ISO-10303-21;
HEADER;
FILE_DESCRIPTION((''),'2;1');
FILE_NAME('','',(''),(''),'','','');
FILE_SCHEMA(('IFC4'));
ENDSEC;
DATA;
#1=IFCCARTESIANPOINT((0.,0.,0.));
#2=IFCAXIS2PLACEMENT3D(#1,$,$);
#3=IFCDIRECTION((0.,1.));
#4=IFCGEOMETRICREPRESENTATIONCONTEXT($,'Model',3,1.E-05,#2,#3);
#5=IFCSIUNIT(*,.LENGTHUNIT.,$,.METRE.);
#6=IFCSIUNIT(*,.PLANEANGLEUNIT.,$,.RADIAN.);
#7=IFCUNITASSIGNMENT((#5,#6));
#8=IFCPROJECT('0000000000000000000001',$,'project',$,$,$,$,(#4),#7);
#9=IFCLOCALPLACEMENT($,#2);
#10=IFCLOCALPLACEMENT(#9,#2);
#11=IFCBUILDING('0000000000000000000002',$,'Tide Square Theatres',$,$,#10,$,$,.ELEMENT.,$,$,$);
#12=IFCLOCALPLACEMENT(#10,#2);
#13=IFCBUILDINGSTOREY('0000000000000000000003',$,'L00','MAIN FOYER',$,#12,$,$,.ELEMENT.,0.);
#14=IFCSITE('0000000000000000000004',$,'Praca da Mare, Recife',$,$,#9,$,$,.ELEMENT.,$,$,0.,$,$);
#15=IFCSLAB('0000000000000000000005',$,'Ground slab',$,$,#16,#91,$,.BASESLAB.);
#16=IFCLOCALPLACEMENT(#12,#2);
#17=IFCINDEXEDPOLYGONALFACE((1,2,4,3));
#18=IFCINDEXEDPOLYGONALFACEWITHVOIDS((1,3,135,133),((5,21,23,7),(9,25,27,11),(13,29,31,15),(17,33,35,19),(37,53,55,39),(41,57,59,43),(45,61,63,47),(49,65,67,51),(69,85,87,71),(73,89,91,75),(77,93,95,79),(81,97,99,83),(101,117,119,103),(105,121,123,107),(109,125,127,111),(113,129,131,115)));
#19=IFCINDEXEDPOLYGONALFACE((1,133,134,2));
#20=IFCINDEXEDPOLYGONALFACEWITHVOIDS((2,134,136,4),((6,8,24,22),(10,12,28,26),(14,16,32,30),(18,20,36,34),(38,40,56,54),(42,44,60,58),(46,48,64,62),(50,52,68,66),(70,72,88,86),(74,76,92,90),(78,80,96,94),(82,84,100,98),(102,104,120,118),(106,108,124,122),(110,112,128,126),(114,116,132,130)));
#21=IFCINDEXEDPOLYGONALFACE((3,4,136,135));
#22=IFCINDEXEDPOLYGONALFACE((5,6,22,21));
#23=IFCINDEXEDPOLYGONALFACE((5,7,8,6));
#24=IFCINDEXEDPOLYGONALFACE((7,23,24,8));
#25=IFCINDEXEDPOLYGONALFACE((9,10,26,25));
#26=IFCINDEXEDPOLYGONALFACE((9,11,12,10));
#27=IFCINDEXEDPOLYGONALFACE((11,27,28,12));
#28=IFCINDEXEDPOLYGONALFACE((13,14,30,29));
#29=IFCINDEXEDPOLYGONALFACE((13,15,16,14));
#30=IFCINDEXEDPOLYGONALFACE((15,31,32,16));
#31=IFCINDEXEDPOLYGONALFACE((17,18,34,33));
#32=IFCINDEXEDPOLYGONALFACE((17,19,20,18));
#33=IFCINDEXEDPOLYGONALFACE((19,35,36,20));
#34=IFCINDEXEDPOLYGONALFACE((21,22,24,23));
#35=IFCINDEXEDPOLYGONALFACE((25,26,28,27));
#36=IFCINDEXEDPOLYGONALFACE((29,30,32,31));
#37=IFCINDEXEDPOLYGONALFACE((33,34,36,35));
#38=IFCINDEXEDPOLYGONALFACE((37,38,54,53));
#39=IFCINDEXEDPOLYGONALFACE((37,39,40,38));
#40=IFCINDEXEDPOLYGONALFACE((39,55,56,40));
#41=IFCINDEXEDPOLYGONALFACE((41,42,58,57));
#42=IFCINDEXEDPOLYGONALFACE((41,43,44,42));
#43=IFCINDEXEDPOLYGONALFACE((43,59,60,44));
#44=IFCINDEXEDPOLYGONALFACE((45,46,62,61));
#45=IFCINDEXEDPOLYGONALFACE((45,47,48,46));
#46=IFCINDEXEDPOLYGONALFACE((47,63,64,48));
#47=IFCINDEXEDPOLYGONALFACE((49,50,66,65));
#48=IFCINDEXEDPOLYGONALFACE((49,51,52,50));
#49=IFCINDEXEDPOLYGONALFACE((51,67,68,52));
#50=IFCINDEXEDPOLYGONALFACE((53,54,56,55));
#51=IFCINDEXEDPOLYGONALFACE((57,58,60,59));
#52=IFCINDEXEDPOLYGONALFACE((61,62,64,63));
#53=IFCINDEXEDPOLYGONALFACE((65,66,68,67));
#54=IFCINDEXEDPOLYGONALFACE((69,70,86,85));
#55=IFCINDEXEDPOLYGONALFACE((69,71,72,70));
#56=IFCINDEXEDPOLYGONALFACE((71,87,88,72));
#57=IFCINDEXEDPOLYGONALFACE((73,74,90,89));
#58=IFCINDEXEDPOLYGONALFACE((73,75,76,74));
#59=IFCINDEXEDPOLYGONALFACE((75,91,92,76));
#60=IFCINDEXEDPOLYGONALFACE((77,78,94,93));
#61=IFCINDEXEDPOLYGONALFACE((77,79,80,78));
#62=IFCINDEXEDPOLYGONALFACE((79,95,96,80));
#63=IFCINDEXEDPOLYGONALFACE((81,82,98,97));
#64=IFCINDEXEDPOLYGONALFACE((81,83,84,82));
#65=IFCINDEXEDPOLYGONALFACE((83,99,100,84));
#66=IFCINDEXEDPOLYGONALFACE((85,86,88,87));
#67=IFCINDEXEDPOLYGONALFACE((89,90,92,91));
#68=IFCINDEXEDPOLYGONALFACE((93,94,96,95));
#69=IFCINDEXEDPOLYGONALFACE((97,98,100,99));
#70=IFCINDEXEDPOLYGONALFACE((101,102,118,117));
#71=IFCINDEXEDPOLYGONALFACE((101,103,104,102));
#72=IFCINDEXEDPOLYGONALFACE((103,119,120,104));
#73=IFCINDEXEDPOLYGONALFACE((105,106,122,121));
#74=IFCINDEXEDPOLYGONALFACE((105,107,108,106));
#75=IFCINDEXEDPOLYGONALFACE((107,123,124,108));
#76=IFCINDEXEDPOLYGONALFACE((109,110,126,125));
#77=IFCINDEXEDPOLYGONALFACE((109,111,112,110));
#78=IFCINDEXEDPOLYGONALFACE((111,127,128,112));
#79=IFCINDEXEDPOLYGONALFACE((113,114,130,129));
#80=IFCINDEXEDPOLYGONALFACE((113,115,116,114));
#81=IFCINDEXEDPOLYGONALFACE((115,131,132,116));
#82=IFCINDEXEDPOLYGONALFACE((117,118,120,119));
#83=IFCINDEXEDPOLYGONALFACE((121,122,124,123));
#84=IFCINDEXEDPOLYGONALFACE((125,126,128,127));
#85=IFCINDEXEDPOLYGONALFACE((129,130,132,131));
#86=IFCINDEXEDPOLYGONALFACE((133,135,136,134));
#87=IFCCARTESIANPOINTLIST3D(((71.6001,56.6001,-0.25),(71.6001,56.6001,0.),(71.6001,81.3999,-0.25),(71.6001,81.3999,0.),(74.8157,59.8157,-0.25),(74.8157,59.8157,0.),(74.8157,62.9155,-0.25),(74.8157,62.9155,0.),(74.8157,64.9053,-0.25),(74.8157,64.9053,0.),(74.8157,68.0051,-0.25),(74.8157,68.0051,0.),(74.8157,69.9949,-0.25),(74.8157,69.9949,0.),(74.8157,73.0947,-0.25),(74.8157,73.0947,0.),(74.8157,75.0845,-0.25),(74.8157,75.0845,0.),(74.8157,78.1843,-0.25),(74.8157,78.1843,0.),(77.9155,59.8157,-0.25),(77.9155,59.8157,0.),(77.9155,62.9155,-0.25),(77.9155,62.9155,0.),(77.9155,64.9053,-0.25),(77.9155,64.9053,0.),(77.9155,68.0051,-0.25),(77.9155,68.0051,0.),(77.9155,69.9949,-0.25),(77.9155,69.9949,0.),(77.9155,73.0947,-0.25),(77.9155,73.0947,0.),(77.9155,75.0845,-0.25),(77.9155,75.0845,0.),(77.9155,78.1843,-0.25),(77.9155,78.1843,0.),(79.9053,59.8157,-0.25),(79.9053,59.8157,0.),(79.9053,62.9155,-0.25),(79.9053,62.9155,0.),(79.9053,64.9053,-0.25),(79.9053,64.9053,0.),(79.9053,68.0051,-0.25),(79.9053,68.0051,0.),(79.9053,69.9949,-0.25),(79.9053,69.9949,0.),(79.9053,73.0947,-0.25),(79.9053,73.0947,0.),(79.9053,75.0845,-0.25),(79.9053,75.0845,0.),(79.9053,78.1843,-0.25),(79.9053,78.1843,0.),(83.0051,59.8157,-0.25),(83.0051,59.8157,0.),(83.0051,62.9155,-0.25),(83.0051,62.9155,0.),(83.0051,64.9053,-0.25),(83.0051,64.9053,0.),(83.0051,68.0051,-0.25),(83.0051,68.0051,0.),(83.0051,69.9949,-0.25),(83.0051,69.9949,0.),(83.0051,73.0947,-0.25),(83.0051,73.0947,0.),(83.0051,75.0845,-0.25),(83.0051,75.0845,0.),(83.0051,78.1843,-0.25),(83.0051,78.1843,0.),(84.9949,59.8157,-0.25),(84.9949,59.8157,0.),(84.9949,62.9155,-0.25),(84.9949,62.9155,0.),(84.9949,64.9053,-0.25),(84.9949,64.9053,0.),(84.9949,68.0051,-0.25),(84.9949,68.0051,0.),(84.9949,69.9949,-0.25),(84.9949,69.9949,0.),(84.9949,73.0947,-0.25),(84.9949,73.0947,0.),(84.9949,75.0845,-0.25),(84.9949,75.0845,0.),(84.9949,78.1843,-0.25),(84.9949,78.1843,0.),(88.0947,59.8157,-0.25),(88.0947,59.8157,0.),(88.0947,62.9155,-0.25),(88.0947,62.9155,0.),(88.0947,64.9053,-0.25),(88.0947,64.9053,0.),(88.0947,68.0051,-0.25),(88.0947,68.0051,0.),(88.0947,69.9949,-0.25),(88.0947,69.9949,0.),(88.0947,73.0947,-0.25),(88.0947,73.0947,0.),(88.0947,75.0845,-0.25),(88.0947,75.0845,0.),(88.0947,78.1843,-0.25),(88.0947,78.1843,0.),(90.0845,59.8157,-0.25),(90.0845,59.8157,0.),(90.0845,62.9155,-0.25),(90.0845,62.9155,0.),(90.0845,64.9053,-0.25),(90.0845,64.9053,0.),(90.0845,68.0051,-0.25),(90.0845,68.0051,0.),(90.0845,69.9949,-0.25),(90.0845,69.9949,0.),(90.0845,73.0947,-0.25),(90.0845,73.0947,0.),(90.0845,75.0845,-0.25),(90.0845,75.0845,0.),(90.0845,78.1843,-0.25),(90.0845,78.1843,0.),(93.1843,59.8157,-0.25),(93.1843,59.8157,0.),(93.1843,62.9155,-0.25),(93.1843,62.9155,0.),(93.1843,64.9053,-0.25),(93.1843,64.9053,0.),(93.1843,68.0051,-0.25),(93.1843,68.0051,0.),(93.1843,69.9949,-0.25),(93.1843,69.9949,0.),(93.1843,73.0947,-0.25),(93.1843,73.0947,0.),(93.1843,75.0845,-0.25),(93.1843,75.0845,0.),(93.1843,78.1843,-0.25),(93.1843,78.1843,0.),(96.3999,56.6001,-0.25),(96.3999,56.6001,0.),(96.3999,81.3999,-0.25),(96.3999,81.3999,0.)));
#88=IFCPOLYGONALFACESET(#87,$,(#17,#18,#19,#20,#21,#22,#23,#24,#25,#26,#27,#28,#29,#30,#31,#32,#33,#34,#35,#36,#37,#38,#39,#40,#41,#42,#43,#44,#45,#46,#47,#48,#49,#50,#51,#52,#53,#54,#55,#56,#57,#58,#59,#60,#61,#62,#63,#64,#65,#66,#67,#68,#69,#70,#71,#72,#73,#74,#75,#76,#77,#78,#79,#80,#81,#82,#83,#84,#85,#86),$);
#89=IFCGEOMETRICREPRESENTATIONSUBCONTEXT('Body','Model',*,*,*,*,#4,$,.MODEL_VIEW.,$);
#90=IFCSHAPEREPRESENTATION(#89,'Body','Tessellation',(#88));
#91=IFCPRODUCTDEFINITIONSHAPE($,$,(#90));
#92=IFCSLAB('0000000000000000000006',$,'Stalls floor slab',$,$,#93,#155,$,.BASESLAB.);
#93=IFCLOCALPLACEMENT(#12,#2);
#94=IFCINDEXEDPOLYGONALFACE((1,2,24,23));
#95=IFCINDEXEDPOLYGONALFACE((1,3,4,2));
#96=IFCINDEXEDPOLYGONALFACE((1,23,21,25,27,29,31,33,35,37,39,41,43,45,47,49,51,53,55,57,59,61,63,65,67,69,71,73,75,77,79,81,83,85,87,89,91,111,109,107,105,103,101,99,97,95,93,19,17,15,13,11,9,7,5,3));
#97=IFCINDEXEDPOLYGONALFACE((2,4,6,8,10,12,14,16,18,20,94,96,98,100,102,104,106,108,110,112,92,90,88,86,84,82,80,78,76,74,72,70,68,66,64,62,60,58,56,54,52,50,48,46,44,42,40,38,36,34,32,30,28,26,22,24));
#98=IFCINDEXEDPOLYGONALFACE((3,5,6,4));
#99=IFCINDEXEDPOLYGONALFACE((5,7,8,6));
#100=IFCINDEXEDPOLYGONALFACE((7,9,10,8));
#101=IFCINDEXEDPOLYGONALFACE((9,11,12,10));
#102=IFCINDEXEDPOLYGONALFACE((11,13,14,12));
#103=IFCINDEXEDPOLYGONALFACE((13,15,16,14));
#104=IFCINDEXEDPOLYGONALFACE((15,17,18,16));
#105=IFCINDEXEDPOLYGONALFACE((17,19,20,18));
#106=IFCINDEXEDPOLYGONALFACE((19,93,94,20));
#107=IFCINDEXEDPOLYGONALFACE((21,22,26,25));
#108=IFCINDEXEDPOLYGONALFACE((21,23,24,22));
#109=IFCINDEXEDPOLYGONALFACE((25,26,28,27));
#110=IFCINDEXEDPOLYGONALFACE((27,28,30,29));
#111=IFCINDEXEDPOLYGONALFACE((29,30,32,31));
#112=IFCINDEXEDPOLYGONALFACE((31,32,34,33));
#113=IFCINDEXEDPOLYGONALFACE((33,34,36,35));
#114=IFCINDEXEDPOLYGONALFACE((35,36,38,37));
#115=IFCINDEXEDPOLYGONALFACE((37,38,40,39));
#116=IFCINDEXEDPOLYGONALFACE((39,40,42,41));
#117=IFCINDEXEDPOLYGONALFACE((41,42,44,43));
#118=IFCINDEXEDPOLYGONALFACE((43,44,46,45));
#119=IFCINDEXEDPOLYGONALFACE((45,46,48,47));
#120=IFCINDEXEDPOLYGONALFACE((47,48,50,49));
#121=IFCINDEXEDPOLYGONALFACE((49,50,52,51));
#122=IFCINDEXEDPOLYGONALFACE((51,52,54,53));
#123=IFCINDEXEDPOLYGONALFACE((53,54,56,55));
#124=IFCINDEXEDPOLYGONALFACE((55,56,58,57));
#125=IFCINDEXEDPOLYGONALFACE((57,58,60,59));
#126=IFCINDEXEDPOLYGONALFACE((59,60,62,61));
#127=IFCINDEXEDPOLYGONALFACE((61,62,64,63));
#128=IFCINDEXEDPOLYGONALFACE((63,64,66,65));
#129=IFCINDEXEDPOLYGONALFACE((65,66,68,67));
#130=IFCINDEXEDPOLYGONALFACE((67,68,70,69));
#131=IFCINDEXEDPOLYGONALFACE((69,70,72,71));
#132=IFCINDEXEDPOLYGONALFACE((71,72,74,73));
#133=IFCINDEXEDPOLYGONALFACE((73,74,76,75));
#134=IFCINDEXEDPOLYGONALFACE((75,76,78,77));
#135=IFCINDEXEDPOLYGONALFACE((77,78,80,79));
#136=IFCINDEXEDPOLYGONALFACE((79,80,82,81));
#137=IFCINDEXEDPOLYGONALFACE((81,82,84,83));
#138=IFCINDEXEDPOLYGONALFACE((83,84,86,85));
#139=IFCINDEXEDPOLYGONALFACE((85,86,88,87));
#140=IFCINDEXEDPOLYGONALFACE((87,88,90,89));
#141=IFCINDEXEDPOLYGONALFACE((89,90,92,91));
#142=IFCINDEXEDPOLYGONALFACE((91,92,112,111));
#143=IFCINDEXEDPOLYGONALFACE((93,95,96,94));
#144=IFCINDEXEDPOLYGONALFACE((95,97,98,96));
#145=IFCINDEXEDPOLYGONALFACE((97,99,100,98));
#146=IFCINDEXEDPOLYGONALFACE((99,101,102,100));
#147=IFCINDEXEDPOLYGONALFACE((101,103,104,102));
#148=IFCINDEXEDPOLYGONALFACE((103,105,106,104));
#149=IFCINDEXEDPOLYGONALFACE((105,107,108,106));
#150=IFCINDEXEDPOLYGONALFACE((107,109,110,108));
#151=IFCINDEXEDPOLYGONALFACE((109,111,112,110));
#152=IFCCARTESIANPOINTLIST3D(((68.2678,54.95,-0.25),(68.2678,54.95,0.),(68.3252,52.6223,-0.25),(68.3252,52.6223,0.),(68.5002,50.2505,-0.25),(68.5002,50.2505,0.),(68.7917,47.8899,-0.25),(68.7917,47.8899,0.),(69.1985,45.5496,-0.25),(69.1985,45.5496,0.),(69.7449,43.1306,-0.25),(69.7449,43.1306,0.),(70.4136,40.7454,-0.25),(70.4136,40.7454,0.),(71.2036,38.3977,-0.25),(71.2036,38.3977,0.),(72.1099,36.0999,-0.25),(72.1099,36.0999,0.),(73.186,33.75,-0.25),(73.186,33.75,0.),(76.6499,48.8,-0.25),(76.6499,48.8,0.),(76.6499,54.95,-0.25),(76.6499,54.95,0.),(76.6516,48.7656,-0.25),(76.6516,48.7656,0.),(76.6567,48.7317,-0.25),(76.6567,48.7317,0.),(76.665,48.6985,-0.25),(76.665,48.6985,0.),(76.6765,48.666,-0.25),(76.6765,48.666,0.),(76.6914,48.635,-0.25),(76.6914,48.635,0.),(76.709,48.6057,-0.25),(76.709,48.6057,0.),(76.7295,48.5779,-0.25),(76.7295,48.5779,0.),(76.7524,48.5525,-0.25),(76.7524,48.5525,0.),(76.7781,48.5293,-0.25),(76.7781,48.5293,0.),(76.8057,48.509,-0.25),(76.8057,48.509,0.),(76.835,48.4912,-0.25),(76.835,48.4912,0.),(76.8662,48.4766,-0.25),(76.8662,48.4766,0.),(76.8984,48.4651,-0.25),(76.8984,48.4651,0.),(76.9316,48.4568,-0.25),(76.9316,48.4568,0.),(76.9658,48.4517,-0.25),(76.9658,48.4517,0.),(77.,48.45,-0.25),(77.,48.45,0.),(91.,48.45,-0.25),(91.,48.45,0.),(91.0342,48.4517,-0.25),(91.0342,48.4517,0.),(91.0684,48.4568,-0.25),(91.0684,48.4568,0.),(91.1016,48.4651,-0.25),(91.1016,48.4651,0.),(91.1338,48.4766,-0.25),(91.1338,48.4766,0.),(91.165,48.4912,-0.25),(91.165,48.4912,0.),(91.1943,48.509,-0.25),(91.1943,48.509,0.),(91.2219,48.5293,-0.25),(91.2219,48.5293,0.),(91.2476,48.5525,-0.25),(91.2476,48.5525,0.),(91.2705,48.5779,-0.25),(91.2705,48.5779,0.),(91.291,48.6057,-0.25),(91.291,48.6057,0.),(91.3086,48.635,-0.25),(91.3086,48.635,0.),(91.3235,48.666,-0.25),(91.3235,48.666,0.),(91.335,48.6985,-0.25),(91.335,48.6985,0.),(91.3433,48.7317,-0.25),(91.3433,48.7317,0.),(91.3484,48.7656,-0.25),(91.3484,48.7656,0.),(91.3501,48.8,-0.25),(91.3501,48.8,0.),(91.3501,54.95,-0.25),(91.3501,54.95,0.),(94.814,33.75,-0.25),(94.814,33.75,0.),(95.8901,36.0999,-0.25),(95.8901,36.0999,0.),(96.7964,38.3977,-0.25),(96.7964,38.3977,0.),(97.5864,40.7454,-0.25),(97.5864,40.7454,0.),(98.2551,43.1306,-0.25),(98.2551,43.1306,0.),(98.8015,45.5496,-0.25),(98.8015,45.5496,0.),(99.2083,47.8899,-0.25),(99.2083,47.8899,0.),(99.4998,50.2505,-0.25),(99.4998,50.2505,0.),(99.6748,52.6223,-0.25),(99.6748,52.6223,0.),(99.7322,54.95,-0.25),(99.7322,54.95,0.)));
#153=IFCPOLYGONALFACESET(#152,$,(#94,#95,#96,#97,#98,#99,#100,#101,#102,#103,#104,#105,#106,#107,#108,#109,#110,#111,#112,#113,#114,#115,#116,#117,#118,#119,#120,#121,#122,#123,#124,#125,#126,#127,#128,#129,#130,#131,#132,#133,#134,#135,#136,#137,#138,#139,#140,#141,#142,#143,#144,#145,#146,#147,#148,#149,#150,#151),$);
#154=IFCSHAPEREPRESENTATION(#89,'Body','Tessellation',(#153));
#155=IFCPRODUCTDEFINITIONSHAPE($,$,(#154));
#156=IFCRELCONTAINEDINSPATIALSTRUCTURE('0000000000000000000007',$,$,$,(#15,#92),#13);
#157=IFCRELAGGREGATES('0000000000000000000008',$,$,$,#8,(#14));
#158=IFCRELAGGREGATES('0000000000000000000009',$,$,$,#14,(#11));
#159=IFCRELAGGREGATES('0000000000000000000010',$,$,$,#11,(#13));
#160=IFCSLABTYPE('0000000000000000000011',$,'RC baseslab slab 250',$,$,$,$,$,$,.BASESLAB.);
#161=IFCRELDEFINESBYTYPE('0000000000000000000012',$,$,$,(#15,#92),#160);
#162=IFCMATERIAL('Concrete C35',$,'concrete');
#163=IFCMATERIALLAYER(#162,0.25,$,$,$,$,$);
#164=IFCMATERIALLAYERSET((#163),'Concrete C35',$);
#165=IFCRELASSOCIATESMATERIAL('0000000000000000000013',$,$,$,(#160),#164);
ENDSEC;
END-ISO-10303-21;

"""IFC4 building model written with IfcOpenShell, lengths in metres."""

from ifc_helpers import new_model, si_unit, direction, frame, origin, place, context, subcontext, project, spatial, polyline, outline, extrude, material, layer, layer_set, type_object, element, save


model = new_model("IFC4")

# Units and contexts
model_context = context("Model", 3, precision=1e-05, world=origin(), true_north=direction((0.0, 1.0)))
body_context = subcontext(model_context, "Body", "Model", "MODEL_VIEW")
ifc_project = project(units=[si_unit("LENGTHUNIT", "METRE"), si_unit("PLANEANGLEUNIT", "RADIAN")], contexts=[model_context])

# Site, building, storey
site_placement = place(None, origin())
site = spatial("IfcSite", under=ifc_project, at=site_placement, Name="Praca da Mare, Recife", CompositionType="ELEMENT", RefElevation=0.0)
building_placement = place(site_placement, origin())
building = spatial("IfcBuilding", under=site, at=building_placement, Name="Tide Square Theatres", CompositionType="ELEMENT")
storey_placement = place(building_placement, origin())
storey = spatial("IfcBuildingStorey", under=building, at=storey_placement, Name="L00", Description="MAIN FOYER", CompositionType="ELEMENT", Elevation=0.0)

# Slabs
ifc_material_1 = material(Name="Concrete C35", Category="concrete")
ifc_layer_1 = layer(ifc_material_1, 0.25)
ifc_layer_set_1 = layer_set([ifc_layer_1], Name="Concrete C35")
slab_type_1 = type_object("IfcSlabType", Name="RC baseslab slab 250", PredefinedType="BASESLAB", material=ifc_layer_set_1)
slab_1_placement = place(storey_placement, frame((0.0, 0.0, -0.25)))
element("IfcSlab", 1, at=slab_1_placement, inside=storey, type_object=slab_type_1, Name="Ground slab", PredefinedType="BASESLAB", context=body_context, shape_type="SweptSolid", body=[
    extrude(outline(polyline([(71.6001, 81.3999), (71.6001, 56.6001), (96.3999, 56.6001), (96.3999, 81.3999), (71.6001, 81.3999)]), holes=[polyline([(74.8157, 59.8157), (77.9155, 59.8157), (77.9155, 62.9155), (74.8157, 62.9155), (74.8157, 59.8157)]), polyline([(74.8157, 68.0051), (74.8157, 64.9053), (77.9155, 64.9053), (77.9155, 68.0051), (74.8157, 68.0051)]), polyline([(77.9155, 73.0947), (74.8157, 73.0947), (74.8157, 69.9949), (77.9155, 69.9949), (77.9155, 73.0947)]), polyline([(77.9155, 75.0845), (77.9155, 78.1843), (74.8157, 78.1843), (74.8157, 75.0845), (77.9155, 75.0845)]), polyline([(79.9053, 59.8157), (83.0051, 59.8157), (83.0051, 62.9155), (79.9053, 62.9155), (79.9053, 59.8157)]), polyline([(79.9053, 68.0051), (79.9053, 64.9053), (83.0051, 64.9053), (83.0051, 68.0051), (79.9053, 68.0051)]), polyline([(83.0051, 73.0947), (79.9053, 73.0947), (79.9053, 69.9949), (83.0051, 69.9949), (83.0051, 73.0947)]), polyline([(83.0051, 75.0845), (83.0051, 78.1843), (79.9053, 78.1843), (79.9053, 75.0845), (83.0051, 75.0845)]), polyline([(84.9949, 59.8157), (88.0947, 59.8157), (88.0947, 62.9155), (84.9949, 62.9155), (84.9949, 59.8157)]), polyline([(84.9949, 68.0051), (84.9949, 64.9053), (88.0947, 64.9053), (88.0947, 68.0051), (84.9949, 68.0051)]), polyline([(88.0947, 73.0947), (84.9949, 73.0947), (84.9949, 69.9949), (88.0947, 69.9949), (88.0947, 73.0947)]), polyline([(88.0947, 75.0845), (88.0947, 78.1843), (84.9949, 78.1843), (84.9949, 75.0845), (88.0947, 75.0845)]), polyline([(90.0845, 59.8157), (93.1843, 59.8157), (93.1843, 62.9155), (90.0845, 62.9155), (90.0845, 59.8157)]), polyline([(90.0845, 68.0051), (90.0845, 64.9053), (93.1843, 64.9053), (93.1843, 68.0051), (90.0845, 68.0051)]), polyline([(93.1843, 73.0947), (90.0845, 73.0947), (90.0845, 69.9949), (93.1843, 69.9949), (93.1843, 73.0947)]), polyline([(93.1843, 75.0845), (93.1843, 78.1843), (90.0845, 78.1843), (90.0845, 75.0845), (93.1843, 75.0845)])]), origin(), (0.0, 0.0, 1.0), 0.25),
])
slab_2_placement = place(storey_placement, frame((0.0, 0.0, -0.25)))
element("IfcSlab", 2, at=slab_2_placement, inside=storey, type_object=slab_type_1, Name="Stalls floor slab", PredefinedType="BASESLAB", context=body_context, shape_type="SweptSolid", body=[
    extrude(outline(polyline([(68.2678, 54.95), (68.3252, 52.6223), (68.5002, 50.2505), (68.7917, 47.8899), (69.1985, 45.5496), (69.7449, 43.1306), (70.4136, 40.7454), (71.2036, 38.3977), (72.1099, 36.0999), (73.186, 33.75), (94.814, 33.75), (95.8901, 36.0999), (96.7964, 38.3977), (97.5864, 40.7454), (98.2551, 43.1306), (98.8015, 45.5496), (99.2083, 47.8899), (99.4998, 50.2505), (99.6748, 52.6223), (99.7322, 54.95), (91.3501, 54.95), (91.3501, 48.8), (91.3484, 48.7656), (91.3433, 48.7317), (91.335, 48.6985), (91.3235, 48.666), (91.3086, 48.635), (91.291, 48.6057), (91.2705, 48.5779), (91.2476, 48.5525), (91.2219, 48.5293), (91.1943, 48.509), (91.165, 48.4912), (91.1338, 48.4766), (91.1016, 48.4651), (91.0684, 48.4568), (91.0342, 48.4517), (91.0, 48.45), (77.0, 48.45), (76.9658, 48.4517), (76.9316, 48.4568), (76.8984, 48.4651), (76.8662, 48.4766), (76.835, 48.4912), (76.8057, 48.509), (76.7781, 48.5293), (76.7524, 48.5525), (76.7295, 48.5779), (76.709, 48.6057), (76.6914, 48.635), (76.6765, 48.666), (76.665, 48.6985), (76.6567, 48.7317), (76.6516, 48.7656), (76.6499, 48.8), (76.6499, 54.95), (68.2678, 54.95)])), origin(), (0.0, 0.0, 1.0), 0.25),
])

save(model, "model.ifc")
